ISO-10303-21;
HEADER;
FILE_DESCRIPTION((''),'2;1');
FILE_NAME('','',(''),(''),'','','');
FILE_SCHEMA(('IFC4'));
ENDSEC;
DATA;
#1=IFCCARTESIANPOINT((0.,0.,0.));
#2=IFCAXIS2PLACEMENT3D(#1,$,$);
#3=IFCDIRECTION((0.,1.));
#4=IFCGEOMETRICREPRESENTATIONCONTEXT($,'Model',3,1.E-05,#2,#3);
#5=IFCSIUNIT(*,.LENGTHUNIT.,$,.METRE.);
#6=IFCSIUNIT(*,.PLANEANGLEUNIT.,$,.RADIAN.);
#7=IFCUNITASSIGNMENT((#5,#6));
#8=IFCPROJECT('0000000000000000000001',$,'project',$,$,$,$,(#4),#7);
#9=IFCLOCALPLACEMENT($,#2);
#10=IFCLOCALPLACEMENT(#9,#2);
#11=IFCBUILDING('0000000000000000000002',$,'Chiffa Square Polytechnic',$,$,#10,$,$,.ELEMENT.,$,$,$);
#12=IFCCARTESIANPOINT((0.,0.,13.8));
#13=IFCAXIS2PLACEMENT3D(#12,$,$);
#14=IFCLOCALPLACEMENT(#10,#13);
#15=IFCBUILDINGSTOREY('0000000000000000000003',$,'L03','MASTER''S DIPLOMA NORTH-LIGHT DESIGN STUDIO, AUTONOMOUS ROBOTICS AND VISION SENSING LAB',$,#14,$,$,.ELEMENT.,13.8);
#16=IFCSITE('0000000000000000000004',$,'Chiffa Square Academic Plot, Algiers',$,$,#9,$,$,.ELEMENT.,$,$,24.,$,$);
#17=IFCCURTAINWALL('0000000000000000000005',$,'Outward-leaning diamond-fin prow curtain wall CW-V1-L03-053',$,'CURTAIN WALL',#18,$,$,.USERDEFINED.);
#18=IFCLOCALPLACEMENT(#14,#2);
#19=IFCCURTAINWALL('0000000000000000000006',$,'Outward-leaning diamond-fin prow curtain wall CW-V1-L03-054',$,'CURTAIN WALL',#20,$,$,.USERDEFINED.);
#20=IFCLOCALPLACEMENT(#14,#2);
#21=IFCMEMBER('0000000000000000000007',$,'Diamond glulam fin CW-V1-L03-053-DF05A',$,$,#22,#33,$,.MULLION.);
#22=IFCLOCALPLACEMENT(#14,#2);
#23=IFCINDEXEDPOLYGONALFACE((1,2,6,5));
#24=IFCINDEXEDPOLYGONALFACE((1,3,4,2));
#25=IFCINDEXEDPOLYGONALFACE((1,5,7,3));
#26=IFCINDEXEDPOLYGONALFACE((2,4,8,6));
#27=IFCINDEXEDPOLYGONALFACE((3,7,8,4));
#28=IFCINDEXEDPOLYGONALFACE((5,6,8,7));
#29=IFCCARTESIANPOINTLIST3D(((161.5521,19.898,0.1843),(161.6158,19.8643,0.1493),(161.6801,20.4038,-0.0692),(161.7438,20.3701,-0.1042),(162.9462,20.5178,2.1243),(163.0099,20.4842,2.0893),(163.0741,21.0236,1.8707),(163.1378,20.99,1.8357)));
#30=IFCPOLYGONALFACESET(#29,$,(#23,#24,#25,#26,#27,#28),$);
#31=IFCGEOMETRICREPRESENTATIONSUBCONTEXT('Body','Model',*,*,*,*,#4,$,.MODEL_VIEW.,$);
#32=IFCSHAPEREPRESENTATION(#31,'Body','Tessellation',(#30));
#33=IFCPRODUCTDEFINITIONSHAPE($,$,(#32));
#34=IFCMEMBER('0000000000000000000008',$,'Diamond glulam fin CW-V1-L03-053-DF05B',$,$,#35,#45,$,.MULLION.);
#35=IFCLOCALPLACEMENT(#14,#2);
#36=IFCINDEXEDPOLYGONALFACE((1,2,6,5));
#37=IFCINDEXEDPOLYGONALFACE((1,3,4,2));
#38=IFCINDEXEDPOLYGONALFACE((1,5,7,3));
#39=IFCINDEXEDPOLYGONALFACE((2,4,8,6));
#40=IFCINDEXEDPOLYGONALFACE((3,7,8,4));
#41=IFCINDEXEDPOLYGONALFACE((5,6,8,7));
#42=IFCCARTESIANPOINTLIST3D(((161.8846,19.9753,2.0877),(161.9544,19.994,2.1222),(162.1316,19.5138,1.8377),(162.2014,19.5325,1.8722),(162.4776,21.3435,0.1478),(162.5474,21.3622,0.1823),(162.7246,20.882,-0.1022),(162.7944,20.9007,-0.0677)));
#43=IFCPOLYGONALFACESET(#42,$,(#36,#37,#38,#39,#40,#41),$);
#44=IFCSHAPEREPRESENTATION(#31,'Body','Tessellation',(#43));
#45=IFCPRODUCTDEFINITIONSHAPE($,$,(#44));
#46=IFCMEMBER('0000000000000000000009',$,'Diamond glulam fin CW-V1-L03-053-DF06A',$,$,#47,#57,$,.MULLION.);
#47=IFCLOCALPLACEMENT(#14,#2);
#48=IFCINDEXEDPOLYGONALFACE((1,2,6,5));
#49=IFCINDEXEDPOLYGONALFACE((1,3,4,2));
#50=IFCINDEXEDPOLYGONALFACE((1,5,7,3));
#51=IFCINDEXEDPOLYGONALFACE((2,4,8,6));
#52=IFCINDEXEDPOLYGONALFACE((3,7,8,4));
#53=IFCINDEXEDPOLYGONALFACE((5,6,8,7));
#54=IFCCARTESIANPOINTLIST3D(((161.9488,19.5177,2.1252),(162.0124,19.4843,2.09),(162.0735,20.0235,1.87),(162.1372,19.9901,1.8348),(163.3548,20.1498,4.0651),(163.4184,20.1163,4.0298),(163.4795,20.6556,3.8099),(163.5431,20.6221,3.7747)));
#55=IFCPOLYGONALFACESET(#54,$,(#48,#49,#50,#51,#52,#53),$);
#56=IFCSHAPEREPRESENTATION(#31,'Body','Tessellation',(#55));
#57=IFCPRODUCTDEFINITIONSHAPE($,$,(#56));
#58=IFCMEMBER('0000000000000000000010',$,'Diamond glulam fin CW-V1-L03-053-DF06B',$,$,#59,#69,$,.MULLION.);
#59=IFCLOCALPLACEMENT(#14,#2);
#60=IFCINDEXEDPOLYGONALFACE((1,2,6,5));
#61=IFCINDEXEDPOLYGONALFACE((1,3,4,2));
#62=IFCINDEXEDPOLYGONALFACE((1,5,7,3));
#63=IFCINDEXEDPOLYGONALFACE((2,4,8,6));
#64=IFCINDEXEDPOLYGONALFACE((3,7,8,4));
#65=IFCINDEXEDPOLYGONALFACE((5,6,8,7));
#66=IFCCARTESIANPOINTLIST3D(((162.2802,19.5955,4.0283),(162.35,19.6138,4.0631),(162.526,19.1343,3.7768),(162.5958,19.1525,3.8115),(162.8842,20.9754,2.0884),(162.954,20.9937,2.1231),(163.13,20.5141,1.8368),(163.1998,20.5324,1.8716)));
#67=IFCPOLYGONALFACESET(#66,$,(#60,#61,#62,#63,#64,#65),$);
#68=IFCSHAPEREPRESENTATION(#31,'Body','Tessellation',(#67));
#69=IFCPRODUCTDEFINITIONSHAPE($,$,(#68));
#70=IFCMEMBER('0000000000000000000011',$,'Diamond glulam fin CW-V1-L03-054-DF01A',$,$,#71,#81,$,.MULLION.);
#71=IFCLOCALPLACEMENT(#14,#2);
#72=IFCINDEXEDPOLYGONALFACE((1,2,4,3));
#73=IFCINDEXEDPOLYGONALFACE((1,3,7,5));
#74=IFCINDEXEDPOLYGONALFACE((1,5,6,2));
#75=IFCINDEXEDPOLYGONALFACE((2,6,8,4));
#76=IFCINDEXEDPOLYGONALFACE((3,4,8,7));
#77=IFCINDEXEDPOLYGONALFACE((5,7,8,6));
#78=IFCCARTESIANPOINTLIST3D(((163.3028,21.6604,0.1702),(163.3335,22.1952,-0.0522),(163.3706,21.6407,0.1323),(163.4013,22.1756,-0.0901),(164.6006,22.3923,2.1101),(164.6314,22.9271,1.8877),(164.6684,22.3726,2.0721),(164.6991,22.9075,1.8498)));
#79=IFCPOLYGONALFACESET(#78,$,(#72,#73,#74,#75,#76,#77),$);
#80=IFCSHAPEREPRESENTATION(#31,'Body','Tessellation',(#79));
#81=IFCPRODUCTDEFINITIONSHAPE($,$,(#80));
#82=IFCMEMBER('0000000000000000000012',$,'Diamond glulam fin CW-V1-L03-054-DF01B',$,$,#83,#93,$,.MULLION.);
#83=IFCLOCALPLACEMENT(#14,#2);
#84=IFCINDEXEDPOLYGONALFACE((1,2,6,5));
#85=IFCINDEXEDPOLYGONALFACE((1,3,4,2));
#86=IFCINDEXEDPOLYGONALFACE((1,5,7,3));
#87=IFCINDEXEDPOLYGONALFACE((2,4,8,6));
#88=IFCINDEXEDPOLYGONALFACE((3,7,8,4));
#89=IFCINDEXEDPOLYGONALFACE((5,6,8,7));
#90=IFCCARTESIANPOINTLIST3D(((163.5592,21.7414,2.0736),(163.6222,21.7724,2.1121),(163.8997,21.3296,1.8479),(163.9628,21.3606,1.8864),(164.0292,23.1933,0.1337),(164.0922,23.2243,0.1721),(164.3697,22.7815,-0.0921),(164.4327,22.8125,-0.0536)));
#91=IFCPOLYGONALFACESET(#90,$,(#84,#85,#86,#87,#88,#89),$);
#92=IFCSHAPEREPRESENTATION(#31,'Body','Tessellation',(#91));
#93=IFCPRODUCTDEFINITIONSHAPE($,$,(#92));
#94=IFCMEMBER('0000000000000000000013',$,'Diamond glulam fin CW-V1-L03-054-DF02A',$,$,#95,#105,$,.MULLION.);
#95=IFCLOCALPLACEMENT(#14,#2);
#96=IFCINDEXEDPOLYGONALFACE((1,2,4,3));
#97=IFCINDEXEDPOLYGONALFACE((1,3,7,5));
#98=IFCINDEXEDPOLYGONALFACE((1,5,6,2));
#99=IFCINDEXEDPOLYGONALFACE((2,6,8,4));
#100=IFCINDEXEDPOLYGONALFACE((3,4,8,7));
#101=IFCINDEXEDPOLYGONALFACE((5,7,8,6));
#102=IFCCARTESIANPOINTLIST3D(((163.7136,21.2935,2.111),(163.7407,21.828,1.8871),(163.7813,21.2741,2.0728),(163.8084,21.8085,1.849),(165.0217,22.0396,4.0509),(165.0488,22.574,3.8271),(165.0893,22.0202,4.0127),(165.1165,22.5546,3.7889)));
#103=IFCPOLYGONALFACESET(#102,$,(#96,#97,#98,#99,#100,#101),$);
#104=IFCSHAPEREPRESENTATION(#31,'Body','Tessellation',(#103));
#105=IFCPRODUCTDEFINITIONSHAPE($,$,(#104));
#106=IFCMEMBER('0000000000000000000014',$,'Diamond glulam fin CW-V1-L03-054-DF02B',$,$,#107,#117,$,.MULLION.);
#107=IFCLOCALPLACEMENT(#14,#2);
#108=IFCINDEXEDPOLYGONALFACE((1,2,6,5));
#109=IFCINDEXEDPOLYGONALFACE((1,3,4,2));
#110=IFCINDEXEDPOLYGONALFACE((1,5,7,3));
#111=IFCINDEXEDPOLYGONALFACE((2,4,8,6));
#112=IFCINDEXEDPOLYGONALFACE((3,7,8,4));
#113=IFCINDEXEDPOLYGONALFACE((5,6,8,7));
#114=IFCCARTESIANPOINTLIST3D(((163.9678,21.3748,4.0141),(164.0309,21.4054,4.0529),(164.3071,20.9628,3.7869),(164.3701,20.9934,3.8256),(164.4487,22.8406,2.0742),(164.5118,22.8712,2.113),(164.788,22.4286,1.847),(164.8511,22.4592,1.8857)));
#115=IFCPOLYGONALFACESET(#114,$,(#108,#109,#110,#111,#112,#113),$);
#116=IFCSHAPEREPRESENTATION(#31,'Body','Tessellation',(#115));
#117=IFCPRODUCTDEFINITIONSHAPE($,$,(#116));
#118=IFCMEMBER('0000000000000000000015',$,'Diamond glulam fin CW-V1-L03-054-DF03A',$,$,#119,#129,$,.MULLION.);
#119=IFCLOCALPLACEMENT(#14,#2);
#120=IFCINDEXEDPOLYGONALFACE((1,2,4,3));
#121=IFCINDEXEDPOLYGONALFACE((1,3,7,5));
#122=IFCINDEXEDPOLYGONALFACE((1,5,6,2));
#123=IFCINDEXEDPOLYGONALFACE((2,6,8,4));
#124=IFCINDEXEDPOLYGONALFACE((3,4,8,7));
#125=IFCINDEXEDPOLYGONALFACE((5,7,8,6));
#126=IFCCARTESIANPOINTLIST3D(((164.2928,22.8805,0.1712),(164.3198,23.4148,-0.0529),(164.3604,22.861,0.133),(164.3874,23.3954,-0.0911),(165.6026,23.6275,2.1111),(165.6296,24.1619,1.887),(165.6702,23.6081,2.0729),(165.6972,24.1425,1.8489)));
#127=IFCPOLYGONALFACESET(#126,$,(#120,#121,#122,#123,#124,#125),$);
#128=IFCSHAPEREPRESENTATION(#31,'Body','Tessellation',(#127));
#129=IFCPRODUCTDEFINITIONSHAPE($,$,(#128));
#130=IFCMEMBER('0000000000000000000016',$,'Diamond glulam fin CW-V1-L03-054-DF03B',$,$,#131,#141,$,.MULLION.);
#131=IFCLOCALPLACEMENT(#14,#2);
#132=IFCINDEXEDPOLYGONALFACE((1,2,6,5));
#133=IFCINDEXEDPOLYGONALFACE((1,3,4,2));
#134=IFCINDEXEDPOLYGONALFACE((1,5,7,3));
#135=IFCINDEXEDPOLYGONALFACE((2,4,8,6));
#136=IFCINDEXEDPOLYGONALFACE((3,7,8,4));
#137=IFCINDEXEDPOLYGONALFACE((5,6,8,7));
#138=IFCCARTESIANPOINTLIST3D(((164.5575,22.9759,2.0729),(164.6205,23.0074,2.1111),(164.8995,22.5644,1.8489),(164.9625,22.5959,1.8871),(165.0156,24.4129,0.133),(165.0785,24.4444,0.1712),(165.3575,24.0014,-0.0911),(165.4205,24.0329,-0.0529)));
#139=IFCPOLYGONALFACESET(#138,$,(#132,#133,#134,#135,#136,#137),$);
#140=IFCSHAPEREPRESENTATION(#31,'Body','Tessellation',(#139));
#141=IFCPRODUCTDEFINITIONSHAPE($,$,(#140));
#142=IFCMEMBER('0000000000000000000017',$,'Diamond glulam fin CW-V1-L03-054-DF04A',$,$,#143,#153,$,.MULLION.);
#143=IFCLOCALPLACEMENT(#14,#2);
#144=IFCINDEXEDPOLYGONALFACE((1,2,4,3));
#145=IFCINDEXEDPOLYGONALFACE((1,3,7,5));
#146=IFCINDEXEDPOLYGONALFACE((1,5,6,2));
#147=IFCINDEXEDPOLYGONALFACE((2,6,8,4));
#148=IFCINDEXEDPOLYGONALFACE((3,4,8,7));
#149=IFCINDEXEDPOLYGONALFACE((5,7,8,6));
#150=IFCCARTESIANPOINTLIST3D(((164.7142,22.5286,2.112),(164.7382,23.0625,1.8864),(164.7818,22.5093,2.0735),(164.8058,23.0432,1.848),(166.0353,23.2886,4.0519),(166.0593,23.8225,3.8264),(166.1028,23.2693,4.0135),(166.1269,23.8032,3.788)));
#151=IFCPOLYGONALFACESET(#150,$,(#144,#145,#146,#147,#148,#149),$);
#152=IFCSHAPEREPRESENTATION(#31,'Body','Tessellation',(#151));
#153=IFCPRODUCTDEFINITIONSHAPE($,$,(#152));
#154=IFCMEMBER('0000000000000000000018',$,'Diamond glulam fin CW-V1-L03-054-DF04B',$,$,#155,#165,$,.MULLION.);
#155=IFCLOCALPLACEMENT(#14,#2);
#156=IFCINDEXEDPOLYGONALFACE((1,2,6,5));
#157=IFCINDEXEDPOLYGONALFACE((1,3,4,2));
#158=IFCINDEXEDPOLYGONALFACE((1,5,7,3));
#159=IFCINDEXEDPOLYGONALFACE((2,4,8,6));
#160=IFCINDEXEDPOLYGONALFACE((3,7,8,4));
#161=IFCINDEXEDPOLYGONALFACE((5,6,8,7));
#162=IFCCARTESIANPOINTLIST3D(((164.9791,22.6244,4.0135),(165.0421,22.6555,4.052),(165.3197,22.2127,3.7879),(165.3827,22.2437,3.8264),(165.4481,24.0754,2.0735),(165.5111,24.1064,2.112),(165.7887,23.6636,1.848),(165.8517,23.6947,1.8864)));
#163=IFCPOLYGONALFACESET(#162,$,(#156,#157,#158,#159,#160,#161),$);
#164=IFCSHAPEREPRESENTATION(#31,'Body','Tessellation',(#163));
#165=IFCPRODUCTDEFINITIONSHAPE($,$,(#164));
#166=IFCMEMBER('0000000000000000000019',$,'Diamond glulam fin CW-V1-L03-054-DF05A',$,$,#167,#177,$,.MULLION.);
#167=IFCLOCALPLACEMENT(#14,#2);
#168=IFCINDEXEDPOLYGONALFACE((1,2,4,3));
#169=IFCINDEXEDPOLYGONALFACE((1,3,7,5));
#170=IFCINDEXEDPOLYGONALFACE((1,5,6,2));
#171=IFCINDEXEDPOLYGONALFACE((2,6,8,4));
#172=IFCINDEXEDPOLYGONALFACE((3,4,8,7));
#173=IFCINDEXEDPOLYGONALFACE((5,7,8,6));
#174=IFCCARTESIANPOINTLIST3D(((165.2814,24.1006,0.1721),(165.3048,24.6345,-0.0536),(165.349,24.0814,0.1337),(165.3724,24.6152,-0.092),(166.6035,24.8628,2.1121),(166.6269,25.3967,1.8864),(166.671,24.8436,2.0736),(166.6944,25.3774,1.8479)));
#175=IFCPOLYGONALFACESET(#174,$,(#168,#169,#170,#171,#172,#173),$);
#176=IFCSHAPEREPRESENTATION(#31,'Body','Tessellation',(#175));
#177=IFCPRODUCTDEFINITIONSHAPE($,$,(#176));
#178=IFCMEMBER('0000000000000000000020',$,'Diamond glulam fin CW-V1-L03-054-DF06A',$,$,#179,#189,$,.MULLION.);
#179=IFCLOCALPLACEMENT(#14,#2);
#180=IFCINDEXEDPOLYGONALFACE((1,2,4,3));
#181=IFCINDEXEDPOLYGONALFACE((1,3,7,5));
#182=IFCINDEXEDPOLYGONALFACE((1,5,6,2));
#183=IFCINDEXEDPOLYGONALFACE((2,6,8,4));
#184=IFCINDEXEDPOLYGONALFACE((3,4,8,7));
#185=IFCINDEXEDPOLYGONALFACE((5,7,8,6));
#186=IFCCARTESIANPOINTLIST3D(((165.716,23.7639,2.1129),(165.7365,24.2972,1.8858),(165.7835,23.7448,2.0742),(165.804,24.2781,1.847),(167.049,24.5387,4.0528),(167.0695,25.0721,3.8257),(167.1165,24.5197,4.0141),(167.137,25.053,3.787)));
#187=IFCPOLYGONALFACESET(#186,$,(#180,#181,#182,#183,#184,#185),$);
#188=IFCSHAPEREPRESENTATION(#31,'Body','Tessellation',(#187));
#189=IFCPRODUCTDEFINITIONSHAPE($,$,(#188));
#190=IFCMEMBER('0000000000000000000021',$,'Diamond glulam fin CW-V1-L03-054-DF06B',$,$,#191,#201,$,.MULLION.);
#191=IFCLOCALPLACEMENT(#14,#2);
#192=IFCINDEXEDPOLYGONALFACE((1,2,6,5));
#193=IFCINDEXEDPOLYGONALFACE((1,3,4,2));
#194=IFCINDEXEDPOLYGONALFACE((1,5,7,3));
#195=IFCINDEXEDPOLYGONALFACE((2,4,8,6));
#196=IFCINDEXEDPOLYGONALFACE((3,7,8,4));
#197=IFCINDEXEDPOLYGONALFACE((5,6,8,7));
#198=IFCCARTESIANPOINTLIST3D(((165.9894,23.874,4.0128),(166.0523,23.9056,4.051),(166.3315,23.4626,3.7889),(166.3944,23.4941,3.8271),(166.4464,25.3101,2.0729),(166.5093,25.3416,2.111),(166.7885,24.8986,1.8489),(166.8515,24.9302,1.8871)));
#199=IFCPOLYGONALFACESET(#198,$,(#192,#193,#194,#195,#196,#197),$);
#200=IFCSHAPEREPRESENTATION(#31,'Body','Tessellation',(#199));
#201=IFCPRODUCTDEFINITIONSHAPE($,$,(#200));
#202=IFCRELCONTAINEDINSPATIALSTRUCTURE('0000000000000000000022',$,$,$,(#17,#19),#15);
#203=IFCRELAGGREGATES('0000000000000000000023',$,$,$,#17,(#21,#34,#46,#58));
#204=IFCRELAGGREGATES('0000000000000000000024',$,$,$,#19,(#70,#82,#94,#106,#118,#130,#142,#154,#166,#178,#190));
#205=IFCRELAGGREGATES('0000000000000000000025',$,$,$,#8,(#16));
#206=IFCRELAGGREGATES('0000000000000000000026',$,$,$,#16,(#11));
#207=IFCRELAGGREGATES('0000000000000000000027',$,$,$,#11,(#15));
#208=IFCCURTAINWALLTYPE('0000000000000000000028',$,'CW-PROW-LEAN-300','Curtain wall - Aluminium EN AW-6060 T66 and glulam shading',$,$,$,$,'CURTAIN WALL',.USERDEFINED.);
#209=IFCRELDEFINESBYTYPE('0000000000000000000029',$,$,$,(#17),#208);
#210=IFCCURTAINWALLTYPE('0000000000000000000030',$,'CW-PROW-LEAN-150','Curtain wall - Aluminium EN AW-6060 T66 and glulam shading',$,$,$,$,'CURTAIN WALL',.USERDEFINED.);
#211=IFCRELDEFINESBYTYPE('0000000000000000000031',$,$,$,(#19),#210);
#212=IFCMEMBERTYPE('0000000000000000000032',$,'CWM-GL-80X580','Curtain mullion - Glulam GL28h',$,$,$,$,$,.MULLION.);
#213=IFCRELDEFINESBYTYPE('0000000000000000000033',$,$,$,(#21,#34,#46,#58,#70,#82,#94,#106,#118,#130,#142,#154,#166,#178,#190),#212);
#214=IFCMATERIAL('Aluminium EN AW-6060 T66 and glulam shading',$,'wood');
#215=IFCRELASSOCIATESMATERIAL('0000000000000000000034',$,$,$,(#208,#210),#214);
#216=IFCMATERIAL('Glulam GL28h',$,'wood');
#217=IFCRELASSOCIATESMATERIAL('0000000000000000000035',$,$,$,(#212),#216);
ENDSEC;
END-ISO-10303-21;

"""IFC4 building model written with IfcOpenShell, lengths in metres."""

from ifc_helpers import new_model, si_unit, direction, frame, origin, origin_2d, place, context, subcontext, project, spatial, rectangle, extrude, material, material_profile, profile_set, type_object, element, aggregate, save


model = new_model("IFC4")

# Units and contexts
model_context = context("Model", 3, precision=1e-05, world=origin(), true_north=direction((0.0, 1.0)))
body_context = subcontext(model_context, "Body", "Model", "MODEL_VIEW")
ifc_project = project(units=[si_unit("LENGTHUNIT", "METRE"), si_unit("PLANEANGLEUNIT", "RADIAN")], contexts=[model_context])

# Site, building, storey
site_placement = place(None, origin())
site = spatial("IfcSite", under=ifc_project, at=site_placement, Name="Chiffa Square Academic Plot, Algiers", CompositionType="ELEMENT", RefElevation=24.0)
building_placement = place(site_placement, origin())
building = spatial("IfcBuilding", under=site, at=building_placement, Name="Chiffa Square Polytechnic", CompositionType="ELEMENT")
storey_placement = place(building_placement, frame((0.0, 0.0, 13.8)))
storey = spatial("IfcBuildingStorey", under=building, at=storey_placement, Name="L03", Description="MASTER'S DIPLOMA NORTH-LIGHT DESIGN STUDIO, AUTONOMOUS ROBOTICS AND VISION SENSING LAB", CompositionType="ELEMENT", Elevation=13.8)

# Curtain walls
ifc_material_1 = material(Name="Aluminium EN AW-6060 T66 and glulam shading", Category="wood")
curtain_wall_type_1 = type_object("IfcCurtainWallType", Name="CW-PROW-LEAN-300", Description="Curtain wall - Aluminium EN AW-6060 T66 and glulam shading", ElementType="CURTAIN WALL", PredefinedType="USERDEFINED", material=ifc_material_1)
curtain_wall_1_placement = place(storey_placement, origin())
curtain_wall_1 = element("IfcCurtainWall", 1, at=curtain_wall_1_placement, inside=storey, type_object=curtain_wall_type_1, Name="Outward-leaning diamond-fin prow curtain wall CW-V1-L03-053", ObjectType="CURTAIN WALL", PredefinedType="USERDEFINED")
curtain_wall_type_2 = type_object("IfcCurtainWallType", Name="CW-PROW-LEAN-150", Description="Curtain wall - Aluminium EN AW-6060 T66 and glulam shading", ElementType="CURTAIN WALL", PredefinedType="USERDEFINED", material=ifc_material_1)
curtain_wall_2_placement = place(storey_placement, origin())
curtain_wall_2 = element("IfcCurtainWall", 2, at=curtain_wall_2_placement, inside=storey, type_object=curtain_wall_type_2, Name="Outward-leaning diamond-fin prow curtain wall CW-V1-L03-054", ObjectType="CURTAIN WALL", PredefinedType="USERDEFINED")

# Members
ifc_material_2 = material(Name="Glulam GL28h", Category="wood")
ifc_material_profile_1 = material_profile(ifc_material_2, rectangle(XDim=0.0801, YDim=0.5801, at=origin_2d()), Name="GL28h 80x580")
ifc_profile_set_1 = profile_set([ifc_material_profile_1], Name="Glulam GL28h")
member_type_1 = type_object("IfcMemberType", Name="CWM-GL-80X580", Description="Curtain mullion - Glulam GL28h", PredefinedType="MULLION", material=ifc_profile_set_1)
member_1_placement = place(storey_placement, frame((161.6479, 20.134, 0.04), z_axis=(0.56485, 0.251165, 0.786041), x_axis=(-0.795169, 0.420282, 0.437115)))
member_1 = element("IfcMember", 3, at=member_1_placement, type_object=member_type_1, Name="Diamond glulam fin CW-V1-L03-053-DF05A", PredefinedType="MULLION", context=body_context, shape_type="SweptSolid", body=[
    extrude(rectangle(XDim=0.0801, YDim=0.5801, at=origin_2d()), origin(), (0.0, 0.0, 1.0), 2.468),
])
member_2_placement = place(storey_placement, frame((162.636, 21.1221, 0.04), z_axis=(-0.242363, -0.559161, 0.792843), x_axis=(0.871739, 0.233175, 0.430929)))
member_2 = element("IfcMember", 4, at=member_2_placement, type_object=member_type_1, Name="Diamond glulam fin CW-V1-L03-053-DF05B", PredefinedType="MULLION", context=body_context, shape_type="SweptSolid", body=[
    extrude(rectangle(XDim=0.0801, YDim=0.5801, at=origin_2d()), origin(), (0.0, 0.0, 1.0), 2.4468),
])
member_3_placement = place(storey_placement, frame((162.043, 19.7539, 1.98), z_axis=(0.567429, 0.255092, 0.782913), x_axis=(-0.79486, 0.41794, 0.439914)))
member_3 = element("IfcMember", 5, at=member_3_placement, type_object=member_type_1, Name="Diamond glulam fin CW-V1-L03-053-DF06A", PredefinedType="MULLION", context=body_context, shape_type="SweptSolid", body=[
    extrude(rectangle(XDim=0.0801, YDim=0.5801, at=origin_2d()), origin(), (0.0, 0.0, 1.0), 2.4778),
])
member_4_placement = place(storey_placement, frame((163.042, 20.7539, 1.98), z_axis=(-0.245923, -0.561826, 0.789857), x_axis=(0.871726, 0.228102, 0.433663)))
member_4 = element("IfcMember", 6, at=member_4_placement, type_object=member_type_1, Name="Diamond glulam fin CW-V1-L03-053-DF06B", PredefinedType="MULLION", context=body_context, shape_type="SweptSolid", body=[
    extrude(rectangle(XDim=0.0801, YDim=0.5801, at=origin_2d()), origin(), (0.0, 0.0, 1.0), 2.4561),
])
member_5_placement = place(storey_placement, frame((163.3521, 21.918, 0.04), z_axis=(0.530575, 0.299222, 0.793068), x_axis=(-0.845981, 0.245402, 0.473386)))
member_5 = element("IfcMember", 7, at=member_5_placement, type_object=member_type_1, Name="Diamond glulam fin CW-V1-L03-054-DF01A", PredefinedType="MULLION", context=body_context, shape_type="SweptSolid", body=[
    extrude(rectangle(XDim=0.0801, YDim=0.5801, at=origin_2d()), origin(), (0.0, 0.0, 1.0), 2.446),
])
member_6_placement = place(storey_placement, frame((164.231, 23.0029, 0.04), z_axis=(-0.190406, -0.588232, 0.785957), x_axis=(0.786838, 0.387312, 0.480494)))
member_6 = element("IfcMember", 8, at=member_6_placement, type_object=member_type_1, Name="Diamond glulam fin CW-V1-L03-054-DF01B", PredefinedType="MULLION", context=body_context, shape_type="SweptSolid", body=[
    extrude(rectangle(XDim=0.0801, YDim=0.5801, at=origin_2d()), origin(), (0.0, 0.0, 1.0), 2.4683),
])
member_7_placement = place(storey_placement, frame((163.761, 21.551, 1.98), z_axis=(0.53265, 0.303803, 0.789929), x_axis=(-0.845041, 0.242508, 0.476545)))
member_7 = element("IfcMember", 9, at=member_7_placement, type_object=member_type_1, Name="Diamond glulam fin CW-V1-L03-054-DF02A", PredefinedType="MULLION", context=body_context, shape_type="SweptSolid", body=[
    extrude(rectangle(XDim=0.0801, YDim=0.5801, at=origin_2d()), origin(), (0.0, 0.0, 1.0), 2.4558),
])
member_8_placement = place(storey_placement, frame((164.6499, 22.6499, 1.98), z_axis=(-0.194046, -0.591397, 0.782685), x_axis=(0.787587, 0.381747, 0.48371)))
member_8 = element("IfcMember", 10, at=member_8_placement, type_object=member_type_1, Name="Diamond glulam fin CW-V1-L03-054-DF02B", PredefinedType="MULLION", context=body_context, shape_type="SweptSolid", body=[
    extrude(rectangle(XDim=0.0801, YDim=0.5801, at=origin_2d()), origin(), (0.0, 0.0, 1.0), 2.4785),
])
member_9_placement = place(storey_placement, frame((164.3401, 23.1379, 0.04), z_axis=(0.533084, 0.304052, 0.78954), x_axis=(-0.844779, 0.242657, 0.476933)))
member_9 = element("IfcMember", 11, at=member_9_placement, type_object=member_type_1, Name="Diamond glulam fin CW-V1-L03-054-DF03A", PredefinedType="MULLION", context=body_context, shape_type="SweptSolid", body=[
    extrude(rectangle(XDim=0.0801, YDim=0.5801, at=origin_2d()), origin(), (0.0, 0.0, 1.0), 2.457),
])
member_10_placement = place(storey_placement, frame((165.218, 24.2229, 0.04), z_axis=(-0.186389, -0.584802, 0.789472), x_axis=(0.785915, 0.393455, 0.477002)))
member_10 = element("IfcMember", 12, at=member_10_placement, type_object=member_type_1, Name="Diamond glulam fin CW-V1-L03-054-DF03B", PredefinedType="MULLION", context=body_context, shape_type="SweptSolid", body=[
    extrude(rectangle(XDim=0.0801, YDim=0.5801, at=origin_2d()), origin(), (0.0, 0.0, 1.0), 2.4573),
])
member_11_placement = place(storey_placement, frame((164.76, 22.7859, 1.98), z_axis=(0.535484, 0.308069, 0.786353), x_axis=(-0.84353, 0.240745, 0.480104)))
member_11 = element("IfcMember", 13, at=member_11_placement, type_object=member_type_1, Name="Diamond glulam fin CW-V1-L03-054-DF04A", PredefinedType="MULLION", context=body_context, shape_type="SweptSolid", body=[
    extrude(rectangle(XDim=0.0801, YDim=0.5801, at=origin_2d()), origin(), (0.0, 0.0, 1.0), 2.467),
])
member_12_placement = place(storey_placement, frame((165.6499, 23.885, 1.98), z_axis=(-0.190069, -0.588017, 0.7862), x_axis=(0.786737, 0.387815, 0.480255)))
member_12 = element("IfcMember", 14, at=member_12_placement, type_object=member_type_1, Name="Diamond glulam fin CW-V1-L03-054-DF04B", PredefinedType="MULLION", context=body_context, shape_type="SweptSolid", body=[
    extrude(rectangle(XDim=0.0801, YDim=0.5801, at=origin_2d()), origin(), (0.0, 0.0, 1.0), 2.4675),
])
member_13_placement = place(storey_placement, frame((165.3269, 24.3579, 0.04), z_axis=(0.535619, 0.308809, 0.78597), x_axis=(-0.843496, 0.240109, 0.480482)))
member_13 = element("IfcMember", 15, at=member_13_placement, type_object=member_type_1, Name="Diamond glulam fin CW-V1-L03-054-DF05A", PredefinedType="MULLION", context=body_context, shape_type="SweptSolid", body=[
    extrude(rectangle(XDim=0.0801, YDim=0.5801, at=origin_2d()), origin(), (0.0, 0.0, 1.0), 2.4683),
])
member_14_placement = place(storey_placement, frame((165.76, 24.021, 1.98), z_axis=(0.537925, 0.312706, 0.782848), x_axis=(-0.842251, 0.238312, 0.48355)))
member_14 = element("IfcMember", 16, at=member_14_placement, type_object=member_type_1, Name="Diamond glulam fin CW-V1-L03-054-DF06A", PredefinedType="MULLION", context=body_context, shape_type="SweptSolid", body=[
    extrude(rectangle(XDim=0.0801, YDim=0.5801, at=origin_2d()), origin(), (0.0, 0.0, 1.0), 2.478),
])
member_15_placement = place(storey_placement, frame((166.6489, 25.1201, 1.98), z_axis=(-0.186049, -0.584583, 0.789714), x_axis=(0.785806, 0.393965, 0.47676)))
member_15 = element("IfcMember", 17, at=member_15_placement, type_object=member_type_1, Name="Diamond glulam fin CW-V1-L03-054-DF06B", PredefinedType="MULLION", context=body_context, shape_type="SweptSolid", body=[
    extrude(rectangle(XDim=0.0801, YDim=0.5801, at=origin_2d()), origin(), (0.0, 0.0, 1.0), 2.4565),
])

aggregate(curtain_wall_1, [member_1, member_2, member_3, member_4])
aggregate(curtain_wall_2, [member_5, member_6, member_7, member_8, member_9, member_10, member_11, member_12, member_13, member_14, member_15])

save(model, "model.ifc")
